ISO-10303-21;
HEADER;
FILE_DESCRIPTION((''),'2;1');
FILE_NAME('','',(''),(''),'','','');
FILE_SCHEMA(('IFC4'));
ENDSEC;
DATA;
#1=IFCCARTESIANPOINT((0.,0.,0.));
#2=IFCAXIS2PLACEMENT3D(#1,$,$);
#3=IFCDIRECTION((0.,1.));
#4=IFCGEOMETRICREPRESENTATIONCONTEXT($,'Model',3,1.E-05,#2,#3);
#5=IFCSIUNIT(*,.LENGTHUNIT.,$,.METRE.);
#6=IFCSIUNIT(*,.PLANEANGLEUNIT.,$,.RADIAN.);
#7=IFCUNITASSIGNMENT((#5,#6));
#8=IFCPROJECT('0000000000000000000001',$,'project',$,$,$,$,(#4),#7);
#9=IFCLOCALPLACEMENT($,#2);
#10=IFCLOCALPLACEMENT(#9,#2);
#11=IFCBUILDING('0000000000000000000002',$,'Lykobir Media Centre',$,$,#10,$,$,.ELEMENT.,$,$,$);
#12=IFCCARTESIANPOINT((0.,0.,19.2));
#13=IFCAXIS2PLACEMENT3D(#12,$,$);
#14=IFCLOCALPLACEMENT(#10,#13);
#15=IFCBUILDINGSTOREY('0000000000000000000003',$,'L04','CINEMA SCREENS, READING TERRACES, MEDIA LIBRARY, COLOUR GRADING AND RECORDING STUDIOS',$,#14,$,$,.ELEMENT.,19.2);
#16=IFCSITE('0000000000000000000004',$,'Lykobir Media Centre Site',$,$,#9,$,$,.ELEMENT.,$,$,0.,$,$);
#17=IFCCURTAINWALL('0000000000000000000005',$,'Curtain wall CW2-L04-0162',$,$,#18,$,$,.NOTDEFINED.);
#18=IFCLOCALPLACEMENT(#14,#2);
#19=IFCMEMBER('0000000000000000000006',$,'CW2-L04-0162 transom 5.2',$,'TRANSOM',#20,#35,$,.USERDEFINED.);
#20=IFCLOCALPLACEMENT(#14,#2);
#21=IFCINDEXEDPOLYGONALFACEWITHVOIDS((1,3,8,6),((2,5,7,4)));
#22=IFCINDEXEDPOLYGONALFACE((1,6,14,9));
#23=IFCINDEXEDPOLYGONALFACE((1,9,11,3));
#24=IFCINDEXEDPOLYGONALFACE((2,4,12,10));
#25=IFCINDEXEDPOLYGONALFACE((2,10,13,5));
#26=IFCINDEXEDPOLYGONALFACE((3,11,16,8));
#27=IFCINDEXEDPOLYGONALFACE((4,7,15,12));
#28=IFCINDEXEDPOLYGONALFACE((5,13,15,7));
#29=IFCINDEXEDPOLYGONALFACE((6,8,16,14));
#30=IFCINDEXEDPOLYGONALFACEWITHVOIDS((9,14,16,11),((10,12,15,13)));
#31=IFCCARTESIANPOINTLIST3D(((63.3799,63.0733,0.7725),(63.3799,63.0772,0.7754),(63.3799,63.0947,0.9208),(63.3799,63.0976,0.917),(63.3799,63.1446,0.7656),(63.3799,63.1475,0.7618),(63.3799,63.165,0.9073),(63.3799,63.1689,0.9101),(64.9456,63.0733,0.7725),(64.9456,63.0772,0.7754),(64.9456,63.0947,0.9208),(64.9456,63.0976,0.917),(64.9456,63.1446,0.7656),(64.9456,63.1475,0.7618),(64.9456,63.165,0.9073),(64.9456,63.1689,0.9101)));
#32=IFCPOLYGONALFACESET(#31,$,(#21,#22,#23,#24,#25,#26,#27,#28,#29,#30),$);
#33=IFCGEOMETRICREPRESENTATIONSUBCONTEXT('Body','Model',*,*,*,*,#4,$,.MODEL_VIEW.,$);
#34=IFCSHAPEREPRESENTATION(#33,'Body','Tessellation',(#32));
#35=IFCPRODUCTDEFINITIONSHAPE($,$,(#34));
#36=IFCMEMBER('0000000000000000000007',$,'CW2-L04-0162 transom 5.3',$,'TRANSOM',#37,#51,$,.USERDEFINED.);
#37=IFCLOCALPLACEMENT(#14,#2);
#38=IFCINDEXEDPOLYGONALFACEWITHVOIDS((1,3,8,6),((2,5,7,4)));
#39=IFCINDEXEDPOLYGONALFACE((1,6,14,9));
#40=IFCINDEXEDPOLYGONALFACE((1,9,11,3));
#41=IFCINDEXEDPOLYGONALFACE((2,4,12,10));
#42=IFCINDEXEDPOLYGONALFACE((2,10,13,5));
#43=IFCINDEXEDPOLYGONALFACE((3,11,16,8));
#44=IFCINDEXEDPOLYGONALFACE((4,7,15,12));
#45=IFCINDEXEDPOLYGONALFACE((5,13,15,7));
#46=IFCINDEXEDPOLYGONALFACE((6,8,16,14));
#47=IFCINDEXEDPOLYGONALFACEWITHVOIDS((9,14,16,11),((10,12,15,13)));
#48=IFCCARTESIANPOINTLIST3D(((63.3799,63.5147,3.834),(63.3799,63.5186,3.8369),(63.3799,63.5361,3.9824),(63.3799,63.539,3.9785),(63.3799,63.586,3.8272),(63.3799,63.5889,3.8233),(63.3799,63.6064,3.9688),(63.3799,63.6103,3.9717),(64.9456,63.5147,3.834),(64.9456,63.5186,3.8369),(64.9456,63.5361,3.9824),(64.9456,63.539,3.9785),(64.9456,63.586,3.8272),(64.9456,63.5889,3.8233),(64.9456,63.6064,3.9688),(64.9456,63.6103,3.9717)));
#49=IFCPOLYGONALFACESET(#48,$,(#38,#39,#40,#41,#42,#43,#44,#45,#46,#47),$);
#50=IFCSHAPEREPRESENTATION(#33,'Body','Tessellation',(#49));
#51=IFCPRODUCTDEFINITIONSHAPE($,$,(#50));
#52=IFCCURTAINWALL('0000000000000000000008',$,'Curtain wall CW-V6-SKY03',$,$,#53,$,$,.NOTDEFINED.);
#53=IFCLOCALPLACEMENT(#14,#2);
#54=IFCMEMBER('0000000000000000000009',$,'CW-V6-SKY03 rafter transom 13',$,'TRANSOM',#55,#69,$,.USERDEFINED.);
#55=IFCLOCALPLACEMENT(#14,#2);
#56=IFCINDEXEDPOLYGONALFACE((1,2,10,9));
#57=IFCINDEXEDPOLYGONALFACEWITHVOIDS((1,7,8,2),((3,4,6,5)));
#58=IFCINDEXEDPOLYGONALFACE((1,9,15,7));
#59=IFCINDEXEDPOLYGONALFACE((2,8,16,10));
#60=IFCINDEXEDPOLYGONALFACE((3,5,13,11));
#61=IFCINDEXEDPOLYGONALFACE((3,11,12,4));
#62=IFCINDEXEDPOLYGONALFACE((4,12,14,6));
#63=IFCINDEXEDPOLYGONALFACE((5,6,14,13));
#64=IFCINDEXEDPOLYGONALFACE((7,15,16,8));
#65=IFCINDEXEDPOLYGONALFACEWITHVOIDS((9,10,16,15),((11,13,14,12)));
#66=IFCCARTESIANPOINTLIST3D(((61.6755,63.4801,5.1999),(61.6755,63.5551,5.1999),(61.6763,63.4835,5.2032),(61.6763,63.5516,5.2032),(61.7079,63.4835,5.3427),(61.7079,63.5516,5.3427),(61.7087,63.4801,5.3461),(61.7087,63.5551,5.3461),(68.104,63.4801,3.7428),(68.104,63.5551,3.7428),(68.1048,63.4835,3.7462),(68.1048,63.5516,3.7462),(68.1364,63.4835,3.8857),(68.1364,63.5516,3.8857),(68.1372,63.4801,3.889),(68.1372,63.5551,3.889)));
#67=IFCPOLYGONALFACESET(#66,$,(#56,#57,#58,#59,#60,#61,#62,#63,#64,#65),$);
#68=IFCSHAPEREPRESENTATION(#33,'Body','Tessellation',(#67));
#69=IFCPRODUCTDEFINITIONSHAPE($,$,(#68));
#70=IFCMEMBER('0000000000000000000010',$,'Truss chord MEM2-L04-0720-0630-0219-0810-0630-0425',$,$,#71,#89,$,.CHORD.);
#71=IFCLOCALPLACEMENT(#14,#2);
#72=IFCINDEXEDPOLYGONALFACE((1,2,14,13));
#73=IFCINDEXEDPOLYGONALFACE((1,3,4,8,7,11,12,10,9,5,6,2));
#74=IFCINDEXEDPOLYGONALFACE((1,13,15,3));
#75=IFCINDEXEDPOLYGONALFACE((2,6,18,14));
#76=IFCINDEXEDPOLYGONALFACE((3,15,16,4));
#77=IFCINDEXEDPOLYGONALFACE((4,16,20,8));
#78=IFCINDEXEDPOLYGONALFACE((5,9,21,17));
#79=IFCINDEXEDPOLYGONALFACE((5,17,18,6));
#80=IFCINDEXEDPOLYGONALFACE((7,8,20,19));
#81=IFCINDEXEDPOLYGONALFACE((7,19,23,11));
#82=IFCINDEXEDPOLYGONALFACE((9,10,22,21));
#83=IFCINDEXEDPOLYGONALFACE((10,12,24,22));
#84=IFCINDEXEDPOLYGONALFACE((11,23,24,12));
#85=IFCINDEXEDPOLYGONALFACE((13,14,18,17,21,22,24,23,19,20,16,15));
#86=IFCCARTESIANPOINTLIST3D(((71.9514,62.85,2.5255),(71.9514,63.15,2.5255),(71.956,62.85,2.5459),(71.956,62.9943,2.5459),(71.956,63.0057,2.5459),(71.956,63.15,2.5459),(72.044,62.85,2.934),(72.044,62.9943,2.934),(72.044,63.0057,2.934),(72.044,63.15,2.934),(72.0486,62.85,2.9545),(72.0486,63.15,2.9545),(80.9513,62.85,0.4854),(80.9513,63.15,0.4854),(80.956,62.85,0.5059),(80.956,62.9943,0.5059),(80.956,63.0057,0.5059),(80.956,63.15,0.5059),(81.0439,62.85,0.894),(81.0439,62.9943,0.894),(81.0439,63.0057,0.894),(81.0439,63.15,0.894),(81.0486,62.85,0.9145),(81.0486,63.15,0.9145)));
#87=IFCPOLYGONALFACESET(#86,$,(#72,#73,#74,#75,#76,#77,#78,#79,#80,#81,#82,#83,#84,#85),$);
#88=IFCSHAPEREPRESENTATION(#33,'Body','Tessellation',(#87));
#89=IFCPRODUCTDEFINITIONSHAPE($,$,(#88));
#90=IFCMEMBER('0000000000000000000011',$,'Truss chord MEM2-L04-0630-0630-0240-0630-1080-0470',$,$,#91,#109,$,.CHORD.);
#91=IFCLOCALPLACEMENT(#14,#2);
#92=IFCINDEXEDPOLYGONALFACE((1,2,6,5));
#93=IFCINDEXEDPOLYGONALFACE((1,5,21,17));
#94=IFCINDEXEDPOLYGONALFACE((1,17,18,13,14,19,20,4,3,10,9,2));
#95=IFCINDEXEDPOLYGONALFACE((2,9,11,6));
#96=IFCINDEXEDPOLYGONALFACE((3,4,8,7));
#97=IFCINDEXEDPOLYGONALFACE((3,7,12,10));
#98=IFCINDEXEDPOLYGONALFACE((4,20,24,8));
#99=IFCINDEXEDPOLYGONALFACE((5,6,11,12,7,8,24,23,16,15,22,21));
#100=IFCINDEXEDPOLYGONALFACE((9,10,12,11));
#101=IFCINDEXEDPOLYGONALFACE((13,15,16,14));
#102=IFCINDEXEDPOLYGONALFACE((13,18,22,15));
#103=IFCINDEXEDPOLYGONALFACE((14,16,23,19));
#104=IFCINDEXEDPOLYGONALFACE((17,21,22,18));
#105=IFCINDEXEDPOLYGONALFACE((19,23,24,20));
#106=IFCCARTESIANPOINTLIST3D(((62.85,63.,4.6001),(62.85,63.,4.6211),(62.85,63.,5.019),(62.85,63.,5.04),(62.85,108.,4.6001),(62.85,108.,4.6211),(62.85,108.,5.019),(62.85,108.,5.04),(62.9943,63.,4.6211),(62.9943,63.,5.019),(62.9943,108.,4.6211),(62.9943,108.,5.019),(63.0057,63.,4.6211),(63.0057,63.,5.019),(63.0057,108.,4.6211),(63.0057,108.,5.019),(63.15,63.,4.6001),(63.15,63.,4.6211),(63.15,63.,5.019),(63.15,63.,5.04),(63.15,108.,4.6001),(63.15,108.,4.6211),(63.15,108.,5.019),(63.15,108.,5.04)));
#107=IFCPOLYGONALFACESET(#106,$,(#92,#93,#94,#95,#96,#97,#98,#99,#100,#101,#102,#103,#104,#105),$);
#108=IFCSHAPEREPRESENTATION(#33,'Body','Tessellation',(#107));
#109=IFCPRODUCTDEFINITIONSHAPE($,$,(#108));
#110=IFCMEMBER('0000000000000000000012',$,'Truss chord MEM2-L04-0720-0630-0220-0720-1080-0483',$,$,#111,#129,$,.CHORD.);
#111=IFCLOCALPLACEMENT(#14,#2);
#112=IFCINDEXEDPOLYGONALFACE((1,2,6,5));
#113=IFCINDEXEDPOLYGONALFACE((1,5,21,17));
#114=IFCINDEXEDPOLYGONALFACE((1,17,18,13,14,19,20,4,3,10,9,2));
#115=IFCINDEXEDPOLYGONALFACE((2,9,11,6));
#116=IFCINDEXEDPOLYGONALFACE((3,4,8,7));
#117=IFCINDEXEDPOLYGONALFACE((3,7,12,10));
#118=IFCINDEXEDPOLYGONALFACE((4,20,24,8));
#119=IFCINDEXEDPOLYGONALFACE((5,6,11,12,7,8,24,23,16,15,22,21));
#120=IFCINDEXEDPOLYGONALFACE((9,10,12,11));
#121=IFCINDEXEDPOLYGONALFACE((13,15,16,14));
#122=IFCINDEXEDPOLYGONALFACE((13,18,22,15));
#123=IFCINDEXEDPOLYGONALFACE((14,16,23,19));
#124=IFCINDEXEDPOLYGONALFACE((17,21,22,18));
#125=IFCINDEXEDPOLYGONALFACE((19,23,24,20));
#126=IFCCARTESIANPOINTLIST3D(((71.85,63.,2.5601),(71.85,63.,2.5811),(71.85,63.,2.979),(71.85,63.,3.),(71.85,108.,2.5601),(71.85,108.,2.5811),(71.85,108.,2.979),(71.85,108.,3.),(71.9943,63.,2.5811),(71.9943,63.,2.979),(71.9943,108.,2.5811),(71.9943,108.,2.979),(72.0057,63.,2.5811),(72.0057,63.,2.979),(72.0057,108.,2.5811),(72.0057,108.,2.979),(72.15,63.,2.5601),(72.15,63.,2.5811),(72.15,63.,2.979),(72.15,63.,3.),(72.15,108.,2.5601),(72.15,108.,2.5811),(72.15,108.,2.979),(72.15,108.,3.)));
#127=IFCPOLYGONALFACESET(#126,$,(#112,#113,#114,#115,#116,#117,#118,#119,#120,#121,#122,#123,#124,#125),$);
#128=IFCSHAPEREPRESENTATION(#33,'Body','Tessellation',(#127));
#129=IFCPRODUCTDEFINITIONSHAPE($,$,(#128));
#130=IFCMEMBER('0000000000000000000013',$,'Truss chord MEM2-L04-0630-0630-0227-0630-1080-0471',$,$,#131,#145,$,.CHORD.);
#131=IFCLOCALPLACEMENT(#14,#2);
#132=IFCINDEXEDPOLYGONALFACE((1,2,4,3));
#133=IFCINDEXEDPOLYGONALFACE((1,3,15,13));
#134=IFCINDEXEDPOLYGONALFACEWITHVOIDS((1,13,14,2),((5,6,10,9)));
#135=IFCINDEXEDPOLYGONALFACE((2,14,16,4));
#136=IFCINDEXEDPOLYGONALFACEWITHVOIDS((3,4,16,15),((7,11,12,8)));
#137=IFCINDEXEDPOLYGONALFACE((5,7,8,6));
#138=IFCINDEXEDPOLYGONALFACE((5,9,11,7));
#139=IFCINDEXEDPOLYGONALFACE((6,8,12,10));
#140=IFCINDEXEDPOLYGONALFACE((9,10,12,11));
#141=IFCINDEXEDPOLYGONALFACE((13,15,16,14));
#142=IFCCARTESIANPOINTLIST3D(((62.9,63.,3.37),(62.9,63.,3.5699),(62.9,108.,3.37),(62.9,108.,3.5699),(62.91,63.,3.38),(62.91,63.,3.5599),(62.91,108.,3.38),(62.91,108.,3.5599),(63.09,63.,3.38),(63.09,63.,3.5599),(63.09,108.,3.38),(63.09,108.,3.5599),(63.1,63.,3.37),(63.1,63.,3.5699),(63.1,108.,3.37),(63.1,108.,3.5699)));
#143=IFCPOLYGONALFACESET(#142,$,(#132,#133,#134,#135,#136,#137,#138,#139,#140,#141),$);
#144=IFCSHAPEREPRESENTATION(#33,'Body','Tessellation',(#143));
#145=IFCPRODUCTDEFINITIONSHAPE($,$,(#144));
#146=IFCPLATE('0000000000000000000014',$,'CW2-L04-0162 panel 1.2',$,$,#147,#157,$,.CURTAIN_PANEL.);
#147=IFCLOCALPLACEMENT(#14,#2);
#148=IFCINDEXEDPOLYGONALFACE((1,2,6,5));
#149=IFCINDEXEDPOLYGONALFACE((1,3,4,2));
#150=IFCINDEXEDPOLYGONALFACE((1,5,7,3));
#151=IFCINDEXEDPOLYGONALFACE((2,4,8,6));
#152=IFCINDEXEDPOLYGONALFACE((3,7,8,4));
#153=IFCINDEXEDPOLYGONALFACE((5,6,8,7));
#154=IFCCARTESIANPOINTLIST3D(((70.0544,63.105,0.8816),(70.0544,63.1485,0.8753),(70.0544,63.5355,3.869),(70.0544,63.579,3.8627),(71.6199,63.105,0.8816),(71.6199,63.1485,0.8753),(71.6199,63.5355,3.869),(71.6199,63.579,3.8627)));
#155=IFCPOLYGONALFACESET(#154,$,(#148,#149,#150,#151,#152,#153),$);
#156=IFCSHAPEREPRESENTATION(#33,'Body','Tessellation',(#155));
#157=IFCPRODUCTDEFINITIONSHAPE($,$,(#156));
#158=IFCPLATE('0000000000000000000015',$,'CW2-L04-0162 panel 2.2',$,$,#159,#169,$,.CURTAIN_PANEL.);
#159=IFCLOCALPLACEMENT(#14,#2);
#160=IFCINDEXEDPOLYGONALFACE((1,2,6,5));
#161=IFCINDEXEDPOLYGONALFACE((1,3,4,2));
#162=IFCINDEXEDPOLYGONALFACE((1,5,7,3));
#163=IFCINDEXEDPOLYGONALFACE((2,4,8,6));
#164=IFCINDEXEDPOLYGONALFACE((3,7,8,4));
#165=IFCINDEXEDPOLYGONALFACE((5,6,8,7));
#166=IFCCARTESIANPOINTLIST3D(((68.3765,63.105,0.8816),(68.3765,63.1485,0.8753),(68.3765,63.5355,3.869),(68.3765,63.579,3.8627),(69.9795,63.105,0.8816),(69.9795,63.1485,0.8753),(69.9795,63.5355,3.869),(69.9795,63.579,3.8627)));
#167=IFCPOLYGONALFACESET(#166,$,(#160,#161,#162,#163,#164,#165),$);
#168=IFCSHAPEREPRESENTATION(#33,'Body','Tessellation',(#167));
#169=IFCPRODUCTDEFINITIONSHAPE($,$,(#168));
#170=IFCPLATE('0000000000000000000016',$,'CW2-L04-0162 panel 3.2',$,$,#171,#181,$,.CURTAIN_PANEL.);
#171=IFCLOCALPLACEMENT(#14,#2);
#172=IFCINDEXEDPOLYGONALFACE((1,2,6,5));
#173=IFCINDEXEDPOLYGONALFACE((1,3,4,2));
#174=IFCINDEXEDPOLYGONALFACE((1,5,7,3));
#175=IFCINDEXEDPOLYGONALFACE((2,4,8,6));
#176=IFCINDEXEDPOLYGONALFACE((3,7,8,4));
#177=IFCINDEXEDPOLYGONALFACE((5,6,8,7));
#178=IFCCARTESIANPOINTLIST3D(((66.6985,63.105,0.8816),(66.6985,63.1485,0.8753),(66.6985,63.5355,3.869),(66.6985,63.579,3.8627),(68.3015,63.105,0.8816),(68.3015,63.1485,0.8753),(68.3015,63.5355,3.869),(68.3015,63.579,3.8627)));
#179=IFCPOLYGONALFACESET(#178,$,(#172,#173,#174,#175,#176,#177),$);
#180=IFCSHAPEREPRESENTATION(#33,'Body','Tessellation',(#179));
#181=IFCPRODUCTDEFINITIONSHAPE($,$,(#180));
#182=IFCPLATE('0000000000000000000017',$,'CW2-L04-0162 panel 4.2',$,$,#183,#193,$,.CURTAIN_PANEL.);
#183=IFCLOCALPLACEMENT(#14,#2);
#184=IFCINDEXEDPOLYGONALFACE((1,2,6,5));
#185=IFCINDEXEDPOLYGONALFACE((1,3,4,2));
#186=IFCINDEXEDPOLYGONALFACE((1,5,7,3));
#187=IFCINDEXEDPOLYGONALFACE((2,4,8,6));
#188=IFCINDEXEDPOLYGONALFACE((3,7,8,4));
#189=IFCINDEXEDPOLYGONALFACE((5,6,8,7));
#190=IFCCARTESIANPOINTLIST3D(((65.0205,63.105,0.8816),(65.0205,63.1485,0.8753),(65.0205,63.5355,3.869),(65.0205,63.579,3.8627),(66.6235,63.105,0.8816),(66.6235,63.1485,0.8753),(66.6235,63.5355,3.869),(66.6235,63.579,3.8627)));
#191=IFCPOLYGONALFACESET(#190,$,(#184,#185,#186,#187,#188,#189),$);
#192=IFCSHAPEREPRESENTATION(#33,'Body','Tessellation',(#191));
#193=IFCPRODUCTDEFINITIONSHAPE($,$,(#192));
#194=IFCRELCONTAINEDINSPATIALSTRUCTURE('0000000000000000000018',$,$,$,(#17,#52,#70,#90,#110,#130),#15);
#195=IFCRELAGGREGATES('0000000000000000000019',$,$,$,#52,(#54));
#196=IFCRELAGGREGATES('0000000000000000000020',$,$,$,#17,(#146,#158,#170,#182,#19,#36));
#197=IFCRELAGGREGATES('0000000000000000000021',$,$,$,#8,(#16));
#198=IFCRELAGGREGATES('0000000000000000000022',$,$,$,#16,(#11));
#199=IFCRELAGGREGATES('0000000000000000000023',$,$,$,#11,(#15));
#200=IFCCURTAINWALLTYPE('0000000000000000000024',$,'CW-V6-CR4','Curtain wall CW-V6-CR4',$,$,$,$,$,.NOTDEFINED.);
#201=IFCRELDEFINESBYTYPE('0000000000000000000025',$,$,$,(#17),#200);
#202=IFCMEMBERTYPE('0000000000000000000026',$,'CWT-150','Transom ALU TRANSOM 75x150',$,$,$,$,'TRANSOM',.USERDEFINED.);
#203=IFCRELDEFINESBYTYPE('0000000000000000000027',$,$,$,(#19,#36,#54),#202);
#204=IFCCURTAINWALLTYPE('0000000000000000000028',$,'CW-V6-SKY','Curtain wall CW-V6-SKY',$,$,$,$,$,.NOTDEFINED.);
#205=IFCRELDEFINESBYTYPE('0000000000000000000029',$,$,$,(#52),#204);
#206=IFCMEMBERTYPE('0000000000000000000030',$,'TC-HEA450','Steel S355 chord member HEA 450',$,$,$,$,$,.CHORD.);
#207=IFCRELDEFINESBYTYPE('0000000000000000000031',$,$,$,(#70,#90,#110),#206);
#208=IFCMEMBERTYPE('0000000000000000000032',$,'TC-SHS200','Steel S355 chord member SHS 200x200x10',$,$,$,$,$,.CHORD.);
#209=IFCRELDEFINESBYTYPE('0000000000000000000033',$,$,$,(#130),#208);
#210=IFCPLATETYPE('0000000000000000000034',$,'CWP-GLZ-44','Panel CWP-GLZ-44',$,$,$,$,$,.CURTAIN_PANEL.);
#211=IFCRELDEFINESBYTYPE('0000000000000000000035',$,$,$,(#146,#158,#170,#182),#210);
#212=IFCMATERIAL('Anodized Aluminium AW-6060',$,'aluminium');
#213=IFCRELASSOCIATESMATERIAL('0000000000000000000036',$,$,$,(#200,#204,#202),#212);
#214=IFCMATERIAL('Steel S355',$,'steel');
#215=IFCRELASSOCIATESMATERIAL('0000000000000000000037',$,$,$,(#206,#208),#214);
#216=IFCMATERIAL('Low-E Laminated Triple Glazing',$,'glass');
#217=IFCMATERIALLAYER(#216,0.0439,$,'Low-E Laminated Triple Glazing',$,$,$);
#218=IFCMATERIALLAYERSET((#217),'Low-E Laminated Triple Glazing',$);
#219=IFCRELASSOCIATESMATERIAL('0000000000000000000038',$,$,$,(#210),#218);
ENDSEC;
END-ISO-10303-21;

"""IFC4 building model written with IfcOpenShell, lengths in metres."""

from ifc_helpers import new_model, si_unit, direction, frame, origin, origin_2d, place, context, subcontext, project, spatial, rectangle, hollow_rectangle, i_section, extrude, material, layer, layer_set, material_profile, profile_set, type_object, element, aggregate, save


model = new_model("IFC4")

# Units and contexts
model_context = context("Model", 3, precision=1e-05, world=origin(), true_north=direction((0.0, 1.0)))
body_context = subcontext(model_context, "Body", "Model", "MODEL_VIEW")
ifc_project = project(units=[si_unit("LENGTHUNIT", "METRE"), si_unit("PLANEANGLEUNIT", "RADIAN")], contexts=[model_context])

# Site, building, storey
site_placement = place(None, origin())
site = spatial("IfcSite", under=ifc_project, at=site_placement, Name="Lykobir Media Centre Site", CompositionType="ELEMENT", RefElevation=0.0)
building_placement = place(site_placement, origin())
building = spatial("IfcBuilding", under=site, at=building_placement, Name="Lykobir Media Centre", CompositionType="ELEMENT")
storey_placement = place(building_placement, frame((0.0, 0.0, 19.2)))
storey = spatial("IfcBuildingStorey", under=building, at=storey_placement, Name="L04", Description="CINEMA SCREENS, READING TERRACES, MEDIA LIBRARY, COLOUR GRADING AND RECORDING STUDIOS", CompositionType="ELEMENT", Elevation=19.2)

# Shared definitions
ifc_material_1 = material(Name="Steel S355", Category="steel")

# Curtain wall, members
ifc_material_2 = material(Name="Anodized Aluminium AW-6060", Category="aluminium")
curtain_wall_type_1 = type_object("IfcCurtainWallType", Name="CW-V6-CR4", Description="Curtain wall CW-V6-CR4", PredefinedType="NOTDEFINED", material=ifc_material_2)
curtain_wall_1_placement = place(storey_placement, origin())
curtain_wall_1 = element("IfcCurtainWall", 1, at=curtain_wall_1_placement, inside=storey, type_object=curtain_wall_type_1, Name="Curtain wall CW2-L04-0162", PredefinedType="NOTDEFINED")
ifc_material_profile_1 = material_profile(ifc_material_2, hollow_rectangle(XDim=0.075, YDim=0.1499, WallThickness=0.0034, at=origin_2d()), Name="ALU TRANSOM 75x150")
ifc_profile_set_1 = profile_set([ifc_material_profile_1], Name="Anodized Aluminium AW-6060")
member_type_1 = type_object("IfcMemberType", Name="CWT-150", Description="Transom ALU TRANSOM 75x150", ElementType="TRANSOM", PredefinedType="USERDEFINED", material=ifc_profile_set_1)
member_1_placement = place(storey_placement, frame((64.9456, 63.1211, 0.8413), z_axis=(-1.0, 0.0, 0.0), x_axis=(0.0, -0.989776, 0.142629)))
member_1 = element("IfcMember", 2, at=member_1_placement, type_object=member_type_1, Name="CW2-L04-0162 transom 5.2", ObjectType="TRANSOM", PredefinedType="USERDEFINED", context=body_context, shape_type="SweptSolid", body=[
    extrude(hollow_rectangle(XDim=0.075, YDim=0.1499, WallThickness=0.0034, at=origin_2d()), origin(), (0.0, 0.0, 1.0), 1.5657),
])
member_2_placement = place(storey_placement, frame((64.9456, 63.5625, 3.9028), z_axis=(-1.0, 0.0, 0.0), x_axis=(0.0, -0.989776, 0.142629)))
member_2 = element("IfcMember", 3, at=member_2_placement, type_object=member_type_1, Name="CW2-L04-0162 transom 5.3", ObjectType="TRANSOM", PredefinedType="USERDEFINED", context=body_context, shape_type="SweptSolid", body=[
    extrude(hollow_rectangle(XDim=0.075, YDim=0.1499, WallThickness=0.0034, at=origin_2d()), origin(), (0.0, 0.0, 1.0), 1.5657),
])

# Curtain wall, member
curtain_wall_type_2 = type_object("IfcCurtainWallType", Name="CW-V6-SKY", Description="Curtain wall CW-V6-SKY", PredefinedType="NOTDEFINED", material=ifc_material_2)
curtain_wall_2_placement = place(storey_placement, origin())
curtain_wall_2 = element("IfcCurtainWall", 4, at=curtain_wall_2_placement, inside=storey, type_object=curtain_wall_type_2, Name="Curtain wall CW-V6-SKY03", PredefinedType="NOTDEFINED")
member_3_placement = place(storey_placement, frame((68.1206, 63.5176, 3.8159), z_axis=(-0.975263, 0.0, 0.221046), x_axis=(0.0, -1.0, 0.0)))
member_3 = element("IfcMember", 5, at=member_3_placement, type_object=member_type_1, Name="CW-V6-SKY03 rafter transom 13", ObjectType="TRANSOM", PredefinedType="USERDEFINED", context=body_context, shape_type="SweptSolid", body=[
    extrude(hollow_rectangle(XDim=0.075, YDim=0.1499, WallThickness=0.0034, at=origin_2d()), origin(), (0.0, 0.0, 1.0), 6.5916),
])
aggregate(curtain_wall_2, [member_3])

# Members
ifc_material_profile_2 = material_profile(ifc_material_1, i_section(OverallWidth=0.3, OverallDepth=0.4399, WebThickness=0.0115, FlangeThickness=0.021, at=origin_2d()), Name="HEA 450")
ifc_profile_set_2 = profile_set([ifc_material_profile_2], Name="Steel S355")
member_type_2 = type_object("IfcMemberType", Name="TC-HEA450", Description="Steel S355 chord member HEA 450", PredefinedType="CHORD", material=ifc_profile_set_2)
member_4_placement = place(storey_placement, frame((72.0, 63.0, 2.74), z_axis=(0.97526, 0.0, -0.221063), x_axis=(0.0, 1.0, 0.0)))
element("IfcMember", 6, at=member_4_placement, inside=storey, type_object=member_type_2, Name="Truss chord MEM2-L04-0720-0630-0219-0810-0630-0425", PredefinedType="CHORD", context=body_context, shape_type="SweptSolid", body=[
    extrude(i_section(OverallWidth=0.3, OverallDepth=0.4399, WebThickness=0.0115, FlangeThickness=0.021, at=origin_2d()), origin(), (0.0, 0.0, 1.0), 9.2283),
])
for number, where, z_axis, x_axis, name in (
    (7, (63.0, 63.0, 4.8201), (0.0, 1.0, 0.0), (-1.0, 0.0, 0.0), "Truss chord MEM2-L04-0630-0630-0240-0630-1080-0470"),
    (8, (72.0, 63.0, 2.78), (0.0, 1.0, 0.0), (-1.0, 0.0, 0.0), "Truss chord MEM2-L04-0720-0630-0220-0720-1080-0483"),
):
    element("IfcMember", number, at=place(storey_placement, frame(where, z_axis=z_axis, x_axis=x_axis)), inside=storey, type_object=member_type_2, Name=name, PredefinedType="CHORD", context=body_context, shape_type="SweptSolid", body=[
        extrude(i_section(OverallWidth=0.3, OverallDepth=0.4399, WebThickness=0.0115, FlangeThickness=0.021, at=origin_2d()), origin(), (0.0, 0.0, 1.0), 45.0),
    ])
ifc_material_profile_3 = material_profile(ifc_material_1, hollow_rectangle(XDim=0.2, YDim=0.2, WallThickness=0.01, at=origin_2d()), Name="SHS 200x200x10")
ifc_profile_set_3 = profile_set([ifc_material_profile_3], Name="Steel S355")
member_type_3 = type_object("IfcMemberType", Name="TC-SHS200", Description="Steel S355 chord member SHS 200x200x10", PredefinedType="CHORD", material=ifc_profile_set_3)
member_5_placement = place(storey_placement, frame((63.0, 63.0, 3.47), z_axis=(0.0, 1.0, 0.0), x_axis=(-1.0, 0.0, 0.0)))
element("IfcMember", 9, at=member_5_placement, inside=storey, type_object=member_type_3, Name="Truss chord MEM2-L04-0630-0630-0227-0630-1080-0471", PredefinedType="CHORD", context=body_context, shape_type="SweptSolid", body=[
    extrude(hollow_rectangle(XDim=0.2, YDim=0.2, WallThickness=0.01, at=origin_2d()), origin(), (0.0, 0.0, 1.0), 45.0),
])

# Plates
ifc_material_3 = material(Name="Low-E Laminated Triple Glazing", Category="glass")
ifc_layer_1 = layer(ifc_material_3, 0.0439, Name="Low-E Laminated Triple Glazing")
ifc_layer_set_1 = layer_set([ifc_layer_1], Name="Low-E Laminated Triple Glazing")
plate_type_1 = type_object("IfcPlateType", Name="CWP-GLZ-44", Description="Panel CWP-GLZ-44", PredefinedType="CURTAIN_PANEL", material=ifc_layer_set_1)
plate_1_placement = place(storey_placement, frame((70.8372, 63.1267, 0.8784), z_axis=(0.0, 0.142629, 0.989776), x_axis=(-1.0, 0.0, 0.0)))
plate_1 = element("IfcPlate", 10, at=plate_1_placement, type_object=plate_type_1, Name="CW2-L04-0162 panel 1.2", PredefinedType="CURTAIN_PANEL", context=body_context, shape_type="SweptSolid", body=[
    extrude(rectangle(XDim=1.5654, YDim=0.0439, at=origin_2d()), origin(), (0.0, 0.0, 1.0), 3.0183),
])
plate_2_placement = place(storey_placement, frame((69.178, 63.1267, 0.8784), z_axis=(0.0, 0.142629, 0.989776), x_axis=(-1.0, 0.0, 0.0)))
plate_2 = element("IfcPlate", 11, at=plate_2_placement, type_object=plate_type_1, Name="CW2-L04-0162 panel 2.2", PredefinedType="CURTAIN_PANEL", context=body_context, shape_type="SweptSolid", body=[
    extrude(rectangle(XDim=1.603, YDim=0.0439, at=origin_2d()), origin(), (0.0, 0.0, 1.0), 3.0183),
])
plate_3_placement = place(storey_placement, frame((67.5, 63.1267, 0.8784), z_axis=(0.0, 0.142629, 0.989776), x_axis=(-1.0, 0.0, 0.0)))
plate_3 = element("IfcPlate", 12, at=plate_3_placement, type_object=plate_type_1, Name="CW2-L04-0162 panel 3.2", PredefinedType="CURTAIN_PANEL", context=body_context, shape_type="SweptSolid", body=[
    extrude(rectangle(XDim=1.603, YDim=0.0439, at=origin_2d()), origin(), (0.0, 0.0, 1.0), 3.0183),
])
plate_4_placement = place(storey_placement, frame((65.822, 63.1267, 0.8784), z_axis=(0.0, 0.142629, 0.989776), x_axis=(-1.0, 0.0, 0.0)))
plate_4 = element("IfcPlate", 13, at=plate_4_placement, type_object=plate_type_1, Name="CW2-L04-0162 panel 4.2", PredefinedType="CURTAIN_PANEL", context=body_context, shape_type="SweptSolid", body=[
    extrude(rectangle(XDim=1.603, YDim=0.0439, at=origin_2d()), origin(), (0.0, 0.0, 1.0), 3.0183),
])
aggregate(curtain_wall_1, [plate_1, plate_2, plate_3, plate_4, member_1, member_2])

save(model, "model.ifc")
